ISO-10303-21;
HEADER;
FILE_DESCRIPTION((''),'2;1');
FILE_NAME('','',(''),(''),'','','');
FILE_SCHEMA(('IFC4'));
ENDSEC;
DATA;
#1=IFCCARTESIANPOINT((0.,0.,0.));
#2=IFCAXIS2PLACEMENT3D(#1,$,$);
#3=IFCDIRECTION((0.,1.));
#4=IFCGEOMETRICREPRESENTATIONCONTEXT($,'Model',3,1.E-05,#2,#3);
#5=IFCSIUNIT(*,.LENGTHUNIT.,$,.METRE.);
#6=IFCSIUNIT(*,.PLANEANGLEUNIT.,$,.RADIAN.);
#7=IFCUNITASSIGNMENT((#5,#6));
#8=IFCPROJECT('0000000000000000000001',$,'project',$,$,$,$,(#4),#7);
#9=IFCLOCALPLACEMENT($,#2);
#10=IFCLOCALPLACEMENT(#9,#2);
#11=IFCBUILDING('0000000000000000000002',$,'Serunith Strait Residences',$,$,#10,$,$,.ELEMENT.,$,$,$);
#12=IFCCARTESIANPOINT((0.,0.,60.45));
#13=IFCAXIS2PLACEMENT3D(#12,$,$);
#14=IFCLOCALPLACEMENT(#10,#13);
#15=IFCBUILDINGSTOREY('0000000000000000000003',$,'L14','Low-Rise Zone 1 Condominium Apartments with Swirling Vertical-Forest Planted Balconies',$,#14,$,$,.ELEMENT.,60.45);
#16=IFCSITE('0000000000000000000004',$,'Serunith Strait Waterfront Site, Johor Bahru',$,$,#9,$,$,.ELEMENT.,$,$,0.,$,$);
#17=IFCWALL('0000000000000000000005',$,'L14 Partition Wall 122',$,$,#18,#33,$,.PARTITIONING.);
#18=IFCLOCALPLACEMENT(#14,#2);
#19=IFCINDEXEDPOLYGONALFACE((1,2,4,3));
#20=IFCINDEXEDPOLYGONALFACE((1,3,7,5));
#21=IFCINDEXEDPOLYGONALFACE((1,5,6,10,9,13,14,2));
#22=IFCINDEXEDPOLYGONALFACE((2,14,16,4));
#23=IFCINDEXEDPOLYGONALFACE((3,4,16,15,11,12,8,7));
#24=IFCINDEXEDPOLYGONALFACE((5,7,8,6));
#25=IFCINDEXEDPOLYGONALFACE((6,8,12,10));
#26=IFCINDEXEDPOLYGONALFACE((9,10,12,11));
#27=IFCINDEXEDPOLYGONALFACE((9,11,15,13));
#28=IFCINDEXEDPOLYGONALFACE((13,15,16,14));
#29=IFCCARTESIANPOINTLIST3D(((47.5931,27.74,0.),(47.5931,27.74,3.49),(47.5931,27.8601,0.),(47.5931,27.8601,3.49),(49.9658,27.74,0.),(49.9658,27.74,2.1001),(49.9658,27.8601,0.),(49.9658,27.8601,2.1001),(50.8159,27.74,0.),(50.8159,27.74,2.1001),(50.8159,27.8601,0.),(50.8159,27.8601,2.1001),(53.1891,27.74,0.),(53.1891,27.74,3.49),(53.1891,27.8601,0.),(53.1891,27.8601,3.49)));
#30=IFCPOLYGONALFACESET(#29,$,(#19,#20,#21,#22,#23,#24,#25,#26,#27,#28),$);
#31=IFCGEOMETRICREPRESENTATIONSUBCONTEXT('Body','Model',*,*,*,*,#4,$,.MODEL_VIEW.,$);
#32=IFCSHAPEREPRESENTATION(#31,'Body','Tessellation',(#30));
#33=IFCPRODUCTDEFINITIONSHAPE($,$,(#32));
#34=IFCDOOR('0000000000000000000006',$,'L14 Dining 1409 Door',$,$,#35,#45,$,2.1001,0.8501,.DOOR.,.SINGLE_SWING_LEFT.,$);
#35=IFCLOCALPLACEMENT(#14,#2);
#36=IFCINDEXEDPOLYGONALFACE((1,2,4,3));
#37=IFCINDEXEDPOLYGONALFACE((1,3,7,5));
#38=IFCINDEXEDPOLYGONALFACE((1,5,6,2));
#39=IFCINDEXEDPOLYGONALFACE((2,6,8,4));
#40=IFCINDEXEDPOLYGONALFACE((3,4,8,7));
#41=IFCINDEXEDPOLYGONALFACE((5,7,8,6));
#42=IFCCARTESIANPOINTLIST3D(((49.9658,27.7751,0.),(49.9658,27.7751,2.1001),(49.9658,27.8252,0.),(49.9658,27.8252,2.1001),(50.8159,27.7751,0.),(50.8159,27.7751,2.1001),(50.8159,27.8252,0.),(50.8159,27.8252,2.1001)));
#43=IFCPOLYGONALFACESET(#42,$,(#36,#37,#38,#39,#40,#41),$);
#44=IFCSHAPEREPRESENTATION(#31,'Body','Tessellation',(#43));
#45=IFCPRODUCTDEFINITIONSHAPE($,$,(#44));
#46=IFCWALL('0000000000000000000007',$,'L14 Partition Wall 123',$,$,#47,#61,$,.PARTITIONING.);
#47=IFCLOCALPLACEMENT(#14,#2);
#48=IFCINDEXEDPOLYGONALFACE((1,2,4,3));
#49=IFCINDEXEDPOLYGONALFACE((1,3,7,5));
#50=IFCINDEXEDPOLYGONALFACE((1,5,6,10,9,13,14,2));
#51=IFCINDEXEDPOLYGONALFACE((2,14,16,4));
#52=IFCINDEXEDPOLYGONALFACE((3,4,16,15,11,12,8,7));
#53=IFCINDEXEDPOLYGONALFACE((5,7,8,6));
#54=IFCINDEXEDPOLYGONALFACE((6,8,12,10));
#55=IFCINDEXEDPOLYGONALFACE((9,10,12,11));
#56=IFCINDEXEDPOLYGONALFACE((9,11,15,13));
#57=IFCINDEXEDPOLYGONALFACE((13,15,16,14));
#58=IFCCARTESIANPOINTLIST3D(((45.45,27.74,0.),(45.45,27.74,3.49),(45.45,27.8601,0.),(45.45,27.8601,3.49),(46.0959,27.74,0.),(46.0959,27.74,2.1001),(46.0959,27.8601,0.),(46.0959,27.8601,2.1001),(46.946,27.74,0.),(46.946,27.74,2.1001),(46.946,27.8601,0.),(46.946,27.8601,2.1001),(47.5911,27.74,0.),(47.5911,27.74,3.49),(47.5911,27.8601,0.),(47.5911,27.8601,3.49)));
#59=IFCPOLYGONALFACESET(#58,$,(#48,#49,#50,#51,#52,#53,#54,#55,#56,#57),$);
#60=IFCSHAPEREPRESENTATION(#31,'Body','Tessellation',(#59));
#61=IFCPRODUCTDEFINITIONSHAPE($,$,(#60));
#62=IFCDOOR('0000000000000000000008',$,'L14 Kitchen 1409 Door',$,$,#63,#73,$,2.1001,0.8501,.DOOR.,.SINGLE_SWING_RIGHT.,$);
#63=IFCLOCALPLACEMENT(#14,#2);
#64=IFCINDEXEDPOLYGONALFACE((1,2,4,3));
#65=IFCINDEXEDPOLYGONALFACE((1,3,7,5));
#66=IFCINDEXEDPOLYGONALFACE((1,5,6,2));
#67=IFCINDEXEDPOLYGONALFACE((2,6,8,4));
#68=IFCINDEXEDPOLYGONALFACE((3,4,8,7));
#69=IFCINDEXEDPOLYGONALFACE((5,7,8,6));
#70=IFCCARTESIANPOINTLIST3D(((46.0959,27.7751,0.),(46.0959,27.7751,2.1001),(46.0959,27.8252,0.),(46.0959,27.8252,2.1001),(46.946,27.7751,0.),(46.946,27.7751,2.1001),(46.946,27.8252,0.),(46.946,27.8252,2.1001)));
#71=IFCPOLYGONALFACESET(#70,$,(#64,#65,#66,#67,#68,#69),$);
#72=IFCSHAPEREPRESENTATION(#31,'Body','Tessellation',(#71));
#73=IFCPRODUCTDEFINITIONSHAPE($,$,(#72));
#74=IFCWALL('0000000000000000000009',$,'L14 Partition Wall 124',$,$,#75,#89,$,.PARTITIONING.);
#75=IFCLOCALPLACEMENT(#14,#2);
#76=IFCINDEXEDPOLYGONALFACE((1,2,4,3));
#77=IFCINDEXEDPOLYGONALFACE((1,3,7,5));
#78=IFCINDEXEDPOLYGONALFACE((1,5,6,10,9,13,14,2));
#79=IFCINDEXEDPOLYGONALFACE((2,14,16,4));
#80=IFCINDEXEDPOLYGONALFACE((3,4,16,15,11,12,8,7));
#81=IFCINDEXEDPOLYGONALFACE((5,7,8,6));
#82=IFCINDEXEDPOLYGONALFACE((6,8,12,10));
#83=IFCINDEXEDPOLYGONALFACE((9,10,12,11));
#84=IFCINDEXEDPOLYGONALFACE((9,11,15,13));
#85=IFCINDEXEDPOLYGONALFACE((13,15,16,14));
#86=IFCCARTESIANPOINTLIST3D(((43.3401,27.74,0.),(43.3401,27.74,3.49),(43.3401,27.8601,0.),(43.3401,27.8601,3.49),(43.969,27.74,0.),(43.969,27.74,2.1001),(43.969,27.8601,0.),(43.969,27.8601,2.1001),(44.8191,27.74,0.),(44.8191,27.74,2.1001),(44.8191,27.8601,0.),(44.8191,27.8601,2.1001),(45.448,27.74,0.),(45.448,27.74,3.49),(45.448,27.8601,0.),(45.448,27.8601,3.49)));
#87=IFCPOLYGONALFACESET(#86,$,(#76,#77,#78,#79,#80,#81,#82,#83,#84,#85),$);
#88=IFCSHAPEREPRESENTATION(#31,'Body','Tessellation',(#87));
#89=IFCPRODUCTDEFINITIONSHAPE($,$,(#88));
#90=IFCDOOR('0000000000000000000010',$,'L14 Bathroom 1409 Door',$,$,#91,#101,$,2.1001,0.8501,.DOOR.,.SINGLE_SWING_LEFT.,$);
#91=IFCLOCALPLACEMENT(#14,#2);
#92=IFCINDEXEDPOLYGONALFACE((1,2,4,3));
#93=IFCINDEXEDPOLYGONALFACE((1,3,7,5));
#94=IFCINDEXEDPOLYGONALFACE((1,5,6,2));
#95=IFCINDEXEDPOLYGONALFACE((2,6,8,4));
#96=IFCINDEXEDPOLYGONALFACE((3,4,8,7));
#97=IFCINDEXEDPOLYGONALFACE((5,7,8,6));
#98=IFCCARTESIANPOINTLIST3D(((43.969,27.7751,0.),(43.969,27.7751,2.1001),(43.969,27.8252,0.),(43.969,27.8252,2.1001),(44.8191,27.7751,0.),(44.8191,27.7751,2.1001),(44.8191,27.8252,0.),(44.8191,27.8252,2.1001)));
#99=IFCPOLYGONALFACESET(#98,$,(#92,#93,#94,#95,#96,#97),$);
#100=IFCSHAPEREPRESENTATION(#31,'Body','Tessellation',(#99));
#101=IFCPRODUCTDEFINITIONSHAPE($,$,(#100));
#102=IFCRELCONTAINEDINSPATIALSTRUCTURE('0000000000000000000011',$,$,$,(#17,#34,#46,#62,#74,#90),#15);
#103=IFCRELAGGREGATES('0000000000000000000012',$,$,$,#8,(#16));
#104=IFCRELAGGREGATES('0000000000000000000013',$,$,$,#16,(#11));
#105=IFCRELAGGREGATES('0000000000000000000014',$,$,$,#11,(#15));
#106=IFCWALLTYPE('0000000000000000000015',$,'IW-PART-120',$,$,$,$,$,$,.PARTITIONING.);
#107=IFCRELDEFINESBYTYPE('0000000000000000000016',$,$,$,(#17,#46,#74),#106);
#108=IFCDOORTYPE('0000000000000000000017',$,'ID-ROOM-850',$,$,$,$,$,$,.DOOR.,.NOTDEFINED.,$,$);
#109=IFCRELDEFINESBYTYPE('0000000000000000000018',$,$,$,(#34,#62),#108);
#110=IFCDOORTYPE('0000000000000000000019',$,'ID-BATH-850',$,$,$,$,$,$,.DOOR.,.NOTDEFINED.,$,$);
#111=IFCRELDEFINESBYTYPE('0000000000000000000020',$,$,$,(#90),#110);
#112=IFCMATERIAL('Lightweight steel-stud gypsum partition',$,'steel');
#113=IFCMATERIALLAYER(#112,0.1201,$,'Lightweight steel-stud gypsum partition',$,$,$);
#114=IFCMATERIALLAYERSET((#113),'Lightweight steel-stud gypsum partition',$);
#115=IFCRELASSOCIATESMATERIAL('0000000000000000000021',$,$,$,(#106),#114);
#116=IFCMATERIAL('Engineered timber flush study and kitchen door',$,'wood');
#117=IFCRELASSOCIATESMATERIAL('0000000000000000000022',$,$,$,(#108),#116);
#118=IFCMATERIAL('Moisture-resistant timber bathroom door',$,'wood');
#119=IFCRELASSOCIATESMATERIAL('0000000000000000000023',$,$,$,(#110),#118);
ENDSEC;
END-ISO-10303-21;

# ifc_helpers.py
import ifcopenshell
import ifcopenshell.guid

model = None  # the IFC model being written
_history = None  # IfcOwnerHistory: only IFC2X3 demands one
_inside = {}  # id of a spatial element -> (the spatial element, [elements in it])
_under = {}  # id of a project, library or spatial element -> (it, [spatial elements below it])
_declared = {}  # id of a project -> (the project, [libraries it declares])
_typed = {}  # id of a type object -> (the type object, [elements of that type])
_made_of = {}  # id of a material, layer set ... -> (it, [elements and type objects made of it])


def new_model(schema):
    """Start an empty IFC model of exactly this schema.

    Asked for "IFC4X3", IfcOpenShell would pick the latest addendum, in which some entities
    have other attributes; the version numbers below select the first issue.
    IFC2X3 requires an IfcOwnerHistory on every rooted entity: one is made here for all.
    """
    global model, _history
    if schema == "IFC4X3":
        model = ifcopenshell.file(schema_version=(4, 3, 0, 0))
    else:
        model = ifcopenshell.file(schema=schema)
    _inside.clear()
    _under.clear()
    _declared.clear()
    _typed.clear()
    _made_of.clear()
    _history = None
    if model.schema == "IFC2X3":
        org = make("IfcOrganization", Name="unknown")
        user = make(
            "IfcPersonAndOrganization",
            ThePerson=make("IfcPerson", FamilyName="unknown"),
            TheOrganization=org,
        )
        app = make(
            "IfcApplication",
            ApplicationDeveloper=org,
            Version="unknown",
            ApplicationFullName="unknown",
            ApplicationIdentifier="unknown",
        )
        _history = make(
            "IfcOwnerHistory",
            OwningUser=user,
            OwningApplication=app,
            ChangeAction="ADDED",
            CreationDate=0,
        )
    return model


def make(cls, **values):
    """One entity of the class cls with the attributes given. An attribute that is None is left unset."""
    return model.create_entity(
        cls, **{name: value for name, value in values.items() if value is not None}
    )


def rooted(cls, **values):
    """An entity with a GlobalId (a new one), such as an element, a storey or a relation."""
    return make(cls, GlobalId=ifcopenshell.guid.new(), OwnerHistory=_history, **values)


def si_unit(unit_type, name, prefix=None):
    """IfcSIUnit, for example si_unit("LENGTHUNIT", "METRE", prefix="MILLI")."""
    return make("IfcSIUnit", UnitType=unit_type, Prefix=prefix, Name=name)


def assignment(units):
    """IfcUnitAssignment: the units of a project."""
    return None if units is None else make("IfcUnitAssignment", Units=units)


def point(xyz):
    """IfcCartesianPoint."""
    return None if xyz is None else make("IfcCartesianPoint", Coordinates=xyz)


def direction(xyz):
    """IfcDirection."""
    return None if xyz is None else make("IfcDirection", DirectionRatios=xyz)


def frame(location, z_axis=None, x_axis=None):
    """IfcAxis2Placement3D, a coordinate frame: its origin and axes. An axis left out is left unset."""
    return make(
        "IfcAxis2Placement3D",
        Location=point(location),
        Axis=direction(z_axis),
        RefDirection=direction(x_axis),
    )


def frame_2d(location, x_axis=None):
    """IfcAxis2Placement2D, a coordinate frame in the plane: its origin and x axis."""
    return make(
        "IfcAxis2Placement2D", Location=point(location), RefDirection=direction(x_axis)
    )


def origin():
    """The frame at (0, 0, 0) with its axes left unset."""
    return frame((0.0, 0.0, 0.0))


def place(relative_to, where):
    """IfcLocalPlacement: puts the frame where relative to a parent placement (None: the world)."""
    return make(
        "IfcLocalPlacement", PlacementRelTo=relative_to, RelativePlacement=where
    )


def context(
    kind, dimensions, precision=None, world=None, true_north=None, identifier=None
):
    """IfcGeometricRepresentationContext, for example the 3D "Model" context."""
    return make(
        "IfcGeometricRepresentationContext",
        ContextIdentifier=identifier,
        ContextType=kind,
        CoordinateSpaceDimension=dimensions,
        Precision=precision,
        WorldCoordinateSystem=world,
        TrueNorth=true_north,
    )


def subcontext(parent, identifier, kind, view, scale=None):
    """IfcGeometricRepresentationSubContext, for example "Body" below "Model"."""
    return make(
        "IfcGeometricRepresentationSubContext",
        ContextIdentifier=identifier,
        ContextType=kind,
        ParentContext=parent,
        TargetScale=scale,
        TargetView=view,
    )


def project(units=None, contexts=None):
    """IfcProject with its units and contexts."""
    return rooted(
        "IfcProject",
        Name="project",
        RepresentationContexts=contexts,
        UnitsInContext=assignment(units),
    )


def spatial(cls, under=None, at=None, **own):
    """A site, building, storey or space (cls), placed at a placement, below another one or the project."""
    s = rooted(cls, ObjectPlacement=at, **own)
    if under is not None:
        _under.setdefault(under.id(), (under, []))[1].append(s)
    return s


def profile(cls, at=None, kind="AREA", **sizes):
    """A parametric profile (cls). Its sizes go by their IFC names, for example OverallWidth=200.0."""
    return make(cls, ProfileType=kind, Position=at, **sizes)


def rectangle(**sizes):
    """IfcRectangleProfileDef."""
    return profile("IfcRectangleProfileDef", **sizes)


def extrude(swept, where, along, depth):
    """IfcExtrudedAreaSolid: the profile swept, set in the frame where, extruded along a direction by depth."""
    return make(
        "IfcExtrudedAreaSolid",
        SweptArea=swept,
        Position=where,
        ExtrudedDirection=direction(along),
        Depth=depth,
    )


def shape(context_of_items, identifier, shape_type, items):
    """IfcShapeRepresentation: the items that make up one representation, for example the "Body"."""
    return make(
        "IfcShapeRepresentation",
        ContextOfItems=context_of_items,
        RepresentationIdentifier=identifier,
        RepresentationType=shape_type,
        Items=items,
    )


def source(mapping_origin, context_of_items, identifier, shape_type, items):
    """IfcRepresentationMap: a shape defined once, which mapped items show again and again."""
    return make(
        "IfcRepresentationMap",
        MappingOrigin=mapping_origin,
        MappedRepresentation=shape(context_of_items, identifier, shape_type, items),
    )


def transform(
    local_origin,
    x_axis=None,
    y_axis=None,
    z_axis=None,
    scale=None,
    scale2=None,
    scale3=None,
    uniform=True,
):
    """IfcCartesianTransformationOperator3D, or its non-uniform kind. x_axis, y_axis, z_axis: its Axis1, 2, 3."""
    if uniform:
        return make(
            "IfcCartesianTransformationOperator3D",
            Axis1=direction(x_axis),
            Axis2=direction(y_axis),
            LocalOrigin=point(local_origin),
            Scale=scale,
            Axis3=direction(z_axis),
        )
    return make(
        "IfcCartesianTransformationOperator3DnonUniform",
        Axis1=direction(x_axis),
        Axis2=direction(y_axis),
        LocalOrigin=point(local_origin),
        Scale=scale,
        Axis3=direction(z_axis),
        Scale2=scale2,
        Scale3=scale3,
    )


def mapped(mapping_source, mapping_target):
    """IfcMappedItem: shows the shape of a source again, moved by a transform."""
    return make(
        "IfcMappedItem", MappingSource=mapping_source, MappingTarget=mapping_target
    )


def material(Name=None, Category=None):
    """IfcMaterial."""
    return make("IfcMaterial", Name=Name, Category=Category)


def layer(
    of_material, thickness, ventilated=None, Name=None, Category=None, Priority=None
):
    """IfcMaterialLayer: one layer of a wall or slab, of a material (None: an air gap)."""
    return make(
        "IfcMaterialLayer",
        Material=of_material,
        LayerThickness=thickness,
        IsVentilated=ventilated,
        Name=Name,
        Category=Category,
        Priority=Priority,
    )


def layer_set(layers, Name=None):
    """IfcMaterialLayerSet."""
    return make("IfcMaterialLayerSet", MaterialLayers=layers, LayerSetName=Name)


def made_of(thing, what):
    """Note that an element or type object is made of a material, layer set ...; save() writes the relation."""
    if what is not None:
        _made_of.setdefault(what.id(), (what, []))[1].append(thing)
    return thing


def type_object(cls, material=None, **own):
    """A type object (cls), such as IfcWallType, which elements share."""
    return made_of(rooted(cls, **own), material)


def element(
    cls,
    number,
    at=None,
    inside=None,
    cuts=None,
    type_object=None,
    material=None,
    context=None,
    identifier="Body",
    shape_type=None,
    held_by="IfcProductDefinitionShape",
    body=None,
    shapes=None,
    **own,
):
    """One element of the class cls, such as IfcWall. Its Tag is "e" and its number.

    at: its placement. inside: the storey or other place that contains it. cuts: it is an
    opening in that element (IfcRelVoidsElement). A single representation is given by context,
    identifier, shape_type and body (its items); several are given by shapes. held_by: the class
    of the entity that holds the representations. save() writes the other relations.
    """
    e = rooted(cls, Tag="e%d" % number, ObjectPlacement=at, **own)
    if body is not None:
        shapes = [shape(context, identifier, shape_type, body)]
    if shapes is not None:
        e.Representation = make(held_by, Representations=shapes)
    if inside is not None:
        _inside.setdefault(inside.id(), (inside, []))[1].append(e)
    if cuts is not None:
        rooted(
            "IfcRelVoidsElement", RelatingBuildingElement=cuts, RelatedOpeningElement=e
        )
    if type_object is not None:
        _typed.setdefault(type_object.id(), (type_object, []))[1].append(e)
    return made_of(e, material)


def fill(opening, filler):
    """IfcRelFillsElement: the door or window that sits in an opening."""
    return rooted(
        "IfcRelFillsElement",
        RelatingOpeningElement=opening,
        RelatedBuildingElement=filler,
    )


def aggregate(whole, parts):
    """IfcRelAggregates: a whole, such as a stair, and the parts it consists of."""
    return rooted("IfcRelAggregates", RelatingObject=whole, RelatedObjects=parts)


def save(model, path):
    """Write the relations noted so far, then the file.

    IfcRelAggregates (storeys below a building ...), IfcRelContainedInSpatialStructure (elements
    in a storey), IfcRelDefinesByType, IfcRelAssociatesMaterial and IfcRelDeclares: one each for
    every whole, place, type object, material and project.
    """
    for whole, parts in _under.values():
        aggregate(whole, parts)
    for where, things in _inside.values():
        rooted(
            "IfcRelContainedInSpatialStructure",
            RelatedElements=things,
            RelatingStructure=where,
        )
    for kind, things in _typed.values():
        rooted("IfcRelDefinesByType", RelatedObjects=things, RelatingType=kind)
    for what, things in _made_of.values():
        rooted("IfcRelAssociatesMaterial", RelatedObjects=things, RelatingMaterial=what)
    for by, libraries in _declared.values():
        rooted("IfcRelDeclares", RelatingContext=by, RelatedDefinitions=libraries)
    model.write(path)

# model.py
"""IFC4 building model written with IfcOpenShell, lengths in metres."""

from ifc_helpers import new_model, si_unit, direction, frame, frame_2d, origin, place, context, subcontext, project, spatial, rectangle, extrude, source, transform, mapped, material, layer, layer_set, type_object, element, fill, save


model = new_model("IFC4")

# Units and contexts
model_context = context("Model", 3, precision=1e-05, world=origin(), true_north=direction((0.0, 1.0)))
body_context = subcontext(model_context, "Body", "Model", "MODEL_VIEW")
ifc_project = project(units=[si_unit("LENGTHUNIT", "METRE"), si_unit("PLANEANGLEUNIT", "RADIAN")], contexts=[model_context])

# Site, building, storey
site_placement = place(None, origin())
site = spatial("IfcSite", under=ifc_project, at=site_placement, Name="Serunith Strait Waterfront Site, Johor Bahru", CompositionType="ELEMENT", RefElevation=0.0)
building_placement = place(site_placement, origin())
building = spatial("IfcBuilding", under=site, at=building_placement, Name="Serunith Strait Residences", CompositionType="ELEMENT")
storey_placement = place(building_placement, frame((0.0, 0.0, 60.45)))
storey = spatial("IfcBuildingStorey", under=building, at=storey_placement, Name="L14", Description="Low-Rise Zone 1 Condominium Apartments with Swirling Vertical-Forest Planted Balconies", CompositionType="ELEMENT", Elevation=60.45)

# Shared definitions
ifc_material_1 = material(Name="Lightweight steel-stud gypsum partition", Category="steel")
ifc_layer_1 = layer(ifc_material_1, 0.1201, Name="Lightweight steel-stud gypsum partition")
ifc_layer_set_1 = layer_set([ifc_layer_1], Name="Lightweight steel-stud gypsum partition")
wall_type = type_object("IfcWallType", Name="IW-PART-120", PredefinedType="PARTITIONING", material=ifc_layer_set_1)
ifc_material_2 = material(Name="Engineered timber flush study and kitchen door", Category="wood")
door_type_1 = type_object("IfcDoorType", Name="ID-ROOM-850", OperationType="NOTDEFINED", PredefinedType="DOOR", material=ifc_material_2)
shared_shape_1 = source(origin(), body_context, "Body", "SweptSolid", [
    extrude(rectangle(XDim=0.8501, YDim=2.1001, at=frame_2d((0.425, 1.05))), frame((0.0, 0.0249, 0.0), z_axis=(0.0, -1.0, 0.0), x_axis=(1.0, 0.0, 0.0)), (0.0, 0.0, 1.0), 0.05),
])

# Walls, openings, doors
wall_1_placement = place(storey_placement, frame((53.189, 27.8, 0.0), z_axis=(0.0, 0.0, 1.0), x_axis=(-1.0, 0.0, 0.0)))
wall_1 = element("IfcWall", 1, at=wall_1_placement, inside=storey, type_object=wall_type, Name="L14 Partition Wall 122", PredefinedType="PARTITIONING", context=body_context, shape_type="SweptSolid", body=[
    extrude(rectangle(XDim=5.5959, YDim=0.1201, at=frame_2d((2.7979, 0.0))), origin(), (0.0, 0.0, 1.0), 3.49),
])
opening_1_placement = place(wall_1_placement, frame((2.373, 0.0, 0.0)))
opening_1 = element("IfcOpeningElement", 2, at=opening_1_placement, cuts=wall_1, PredefinedType="OPENING", context=body_context, shape_type="SweptSolid", body=[
    extrude(rectangle(XDim=0.8501, YDim=2.1001, at=frame_2d((0.425, 1.05))), frame((0.0, 0.0701, 0.0), z_axis=(0.0, -1.0, 0.0), x_axis=(1.0, 0.0, 0.0)), (0.0, 0.0, 1.0), 0.1401),
])
door_1_placement = place(opening_1_placement, origin())
door_1 = element("IfcDoor", 3, at=door_1_placement, inside=storey, type_object=door_type_1, Name="L14 Dining 1409 Door", OperationType="SINGLE_SWING_LEFT", OverallHeight=2.1001, OverallWidth=0.8501, PredefinedType="DOOR", context=body_context, shape_type="MappedRepresentation", body=[
    mapped(shared_shape_1, transform((0.0, 0.0, 0.0), scale=1.0)),
])
fill(opening_1, door_1)
wall_2_placement = place(storey_placement, frame((47.5911, 27.8, 0.0), z_axis=(0.0, 0.0, 1.0), x_axis=(-1.0, 0.0, 0.0)))
wall_2 = element("IfcWall", 4, at=wall_2_placement, inside=storey, type_object=wall_type, Name="L14 Partition Wall 123", PredefinedType="PARTITIONING", context=body_context, shape_type="SweptSolid", body=[
    extrude(rectangle(XDim=2.1411, YDim=0.1201, at=frame_2d((1.0706, 0.0))), origin(), (0.0, 0.0, 1.0), 3.49),
])
opening_2_placement = place(wall_2_placement, frame((0.645, 0.0, 0.0)))
opening_2 = element("IfcOpeningElement", 5, at=opening_2_placement, cuts=wall_2, PredefinedType="OPENING", context=body_context, shape_type="SweptSolid", body=[
    extrude(rectangle(XDim=0.8501, YDim=2.1001, at=frame_2d((0.425, 1.05))), frame((0.0, 0.0701, 0.0), z_axis=(0.0, -1.0, 0.0), x_axis=(1.0, 0.0, 0.0)), (0.0, 0.0, 1.0), 0.1401),
])
door_2_placement = place(opening_2_placement, origin())
door_2 = element("IfcDoor", 6, at=door_2_placement, inside=storey, type_object=door_type_1, Name="L14 Kitchen 1409 Door", OperationType="SINGLE_SWING_RIGHT", OverallHeight=2.1001, OverallWidth=0.8501, PredefinedType="DOOR", context=body_context, shape_type="MappedRepresentation", body=[
    mapped(shared_shape_1, transform((0.0, 0.0, 0.0), scale=1.0)),
])
fill(opening_2, door_2)
wall_3_placement = place(storey_placement, frame((45.448, 27.8, 0.0), z_axis=(0.0, 0.0, 1.0), x_axis=(-1.0, 0.0, 0.0)))
wall_3 = element("IfcWall", 7, at=wall_3_placement, inside=storey, type_object=wall_type, Name="L14 Partition Wall 124", PredefinedType="PARTITIONING", context=body_context, shape_type="SweptSolid", body=[
    extrude(rectangle(XDim=2.1079, YDim=0.1201, at=frame_2d((1.054, 0.0))), origin(), (0.0, 0.0, 1.0), 3.49),
])
opening_3_placement = place(wall_3_placement, frame((0.6289, 0.0, 0.0)))
opening_3 = element("IfcOpeningElement", 8, at=opening_3_placement, cuts=wall_3, PredefinedType="OPENING", context=body_context, shape_type="SweptSolid", body=[
    extrude(rectangle(XDim=0.8501, YDim=2.1001, at=frame_2d((0.425, 1.05))), frame((0.0, 0.0701, 0.0), z_axis=(0.0, -1.0, 0.0), x_axis=(1.0, 0.0, 0.0)), (0.0, 0.0, 1.0), 0.1401),
])
ifc_material_3 = material(Name="Moisture-resistant timber bathroom door", Category="wood")
door_type_2 = type_object("IfcDoorType", Name="ID-BATH-850", OperationType="NOTDEFINED", PredefinedType="DOOR", material=ifc_material_3)
door_3_placement = place(opening_3_placement, origin())
door_3 = element("IfcDoor", 9, at=door_3_placement, inside=storey, type_object=door_type_2, Name="L14 Bathroom 1409 Door", OperationType="SINGLE_SWING_LEFT", OverallHeight=2.1001, OverallWidth=0.8501, PredefinedType="DOOR", context=body_context, shape_type="MappedRepresentation", body=[
    mapped(shared_shape_1, transform((0.0, 0.0, 0.0), scale=1.0)),
])
fill(opening_3, door_3)

save(model, "model.ifc")
